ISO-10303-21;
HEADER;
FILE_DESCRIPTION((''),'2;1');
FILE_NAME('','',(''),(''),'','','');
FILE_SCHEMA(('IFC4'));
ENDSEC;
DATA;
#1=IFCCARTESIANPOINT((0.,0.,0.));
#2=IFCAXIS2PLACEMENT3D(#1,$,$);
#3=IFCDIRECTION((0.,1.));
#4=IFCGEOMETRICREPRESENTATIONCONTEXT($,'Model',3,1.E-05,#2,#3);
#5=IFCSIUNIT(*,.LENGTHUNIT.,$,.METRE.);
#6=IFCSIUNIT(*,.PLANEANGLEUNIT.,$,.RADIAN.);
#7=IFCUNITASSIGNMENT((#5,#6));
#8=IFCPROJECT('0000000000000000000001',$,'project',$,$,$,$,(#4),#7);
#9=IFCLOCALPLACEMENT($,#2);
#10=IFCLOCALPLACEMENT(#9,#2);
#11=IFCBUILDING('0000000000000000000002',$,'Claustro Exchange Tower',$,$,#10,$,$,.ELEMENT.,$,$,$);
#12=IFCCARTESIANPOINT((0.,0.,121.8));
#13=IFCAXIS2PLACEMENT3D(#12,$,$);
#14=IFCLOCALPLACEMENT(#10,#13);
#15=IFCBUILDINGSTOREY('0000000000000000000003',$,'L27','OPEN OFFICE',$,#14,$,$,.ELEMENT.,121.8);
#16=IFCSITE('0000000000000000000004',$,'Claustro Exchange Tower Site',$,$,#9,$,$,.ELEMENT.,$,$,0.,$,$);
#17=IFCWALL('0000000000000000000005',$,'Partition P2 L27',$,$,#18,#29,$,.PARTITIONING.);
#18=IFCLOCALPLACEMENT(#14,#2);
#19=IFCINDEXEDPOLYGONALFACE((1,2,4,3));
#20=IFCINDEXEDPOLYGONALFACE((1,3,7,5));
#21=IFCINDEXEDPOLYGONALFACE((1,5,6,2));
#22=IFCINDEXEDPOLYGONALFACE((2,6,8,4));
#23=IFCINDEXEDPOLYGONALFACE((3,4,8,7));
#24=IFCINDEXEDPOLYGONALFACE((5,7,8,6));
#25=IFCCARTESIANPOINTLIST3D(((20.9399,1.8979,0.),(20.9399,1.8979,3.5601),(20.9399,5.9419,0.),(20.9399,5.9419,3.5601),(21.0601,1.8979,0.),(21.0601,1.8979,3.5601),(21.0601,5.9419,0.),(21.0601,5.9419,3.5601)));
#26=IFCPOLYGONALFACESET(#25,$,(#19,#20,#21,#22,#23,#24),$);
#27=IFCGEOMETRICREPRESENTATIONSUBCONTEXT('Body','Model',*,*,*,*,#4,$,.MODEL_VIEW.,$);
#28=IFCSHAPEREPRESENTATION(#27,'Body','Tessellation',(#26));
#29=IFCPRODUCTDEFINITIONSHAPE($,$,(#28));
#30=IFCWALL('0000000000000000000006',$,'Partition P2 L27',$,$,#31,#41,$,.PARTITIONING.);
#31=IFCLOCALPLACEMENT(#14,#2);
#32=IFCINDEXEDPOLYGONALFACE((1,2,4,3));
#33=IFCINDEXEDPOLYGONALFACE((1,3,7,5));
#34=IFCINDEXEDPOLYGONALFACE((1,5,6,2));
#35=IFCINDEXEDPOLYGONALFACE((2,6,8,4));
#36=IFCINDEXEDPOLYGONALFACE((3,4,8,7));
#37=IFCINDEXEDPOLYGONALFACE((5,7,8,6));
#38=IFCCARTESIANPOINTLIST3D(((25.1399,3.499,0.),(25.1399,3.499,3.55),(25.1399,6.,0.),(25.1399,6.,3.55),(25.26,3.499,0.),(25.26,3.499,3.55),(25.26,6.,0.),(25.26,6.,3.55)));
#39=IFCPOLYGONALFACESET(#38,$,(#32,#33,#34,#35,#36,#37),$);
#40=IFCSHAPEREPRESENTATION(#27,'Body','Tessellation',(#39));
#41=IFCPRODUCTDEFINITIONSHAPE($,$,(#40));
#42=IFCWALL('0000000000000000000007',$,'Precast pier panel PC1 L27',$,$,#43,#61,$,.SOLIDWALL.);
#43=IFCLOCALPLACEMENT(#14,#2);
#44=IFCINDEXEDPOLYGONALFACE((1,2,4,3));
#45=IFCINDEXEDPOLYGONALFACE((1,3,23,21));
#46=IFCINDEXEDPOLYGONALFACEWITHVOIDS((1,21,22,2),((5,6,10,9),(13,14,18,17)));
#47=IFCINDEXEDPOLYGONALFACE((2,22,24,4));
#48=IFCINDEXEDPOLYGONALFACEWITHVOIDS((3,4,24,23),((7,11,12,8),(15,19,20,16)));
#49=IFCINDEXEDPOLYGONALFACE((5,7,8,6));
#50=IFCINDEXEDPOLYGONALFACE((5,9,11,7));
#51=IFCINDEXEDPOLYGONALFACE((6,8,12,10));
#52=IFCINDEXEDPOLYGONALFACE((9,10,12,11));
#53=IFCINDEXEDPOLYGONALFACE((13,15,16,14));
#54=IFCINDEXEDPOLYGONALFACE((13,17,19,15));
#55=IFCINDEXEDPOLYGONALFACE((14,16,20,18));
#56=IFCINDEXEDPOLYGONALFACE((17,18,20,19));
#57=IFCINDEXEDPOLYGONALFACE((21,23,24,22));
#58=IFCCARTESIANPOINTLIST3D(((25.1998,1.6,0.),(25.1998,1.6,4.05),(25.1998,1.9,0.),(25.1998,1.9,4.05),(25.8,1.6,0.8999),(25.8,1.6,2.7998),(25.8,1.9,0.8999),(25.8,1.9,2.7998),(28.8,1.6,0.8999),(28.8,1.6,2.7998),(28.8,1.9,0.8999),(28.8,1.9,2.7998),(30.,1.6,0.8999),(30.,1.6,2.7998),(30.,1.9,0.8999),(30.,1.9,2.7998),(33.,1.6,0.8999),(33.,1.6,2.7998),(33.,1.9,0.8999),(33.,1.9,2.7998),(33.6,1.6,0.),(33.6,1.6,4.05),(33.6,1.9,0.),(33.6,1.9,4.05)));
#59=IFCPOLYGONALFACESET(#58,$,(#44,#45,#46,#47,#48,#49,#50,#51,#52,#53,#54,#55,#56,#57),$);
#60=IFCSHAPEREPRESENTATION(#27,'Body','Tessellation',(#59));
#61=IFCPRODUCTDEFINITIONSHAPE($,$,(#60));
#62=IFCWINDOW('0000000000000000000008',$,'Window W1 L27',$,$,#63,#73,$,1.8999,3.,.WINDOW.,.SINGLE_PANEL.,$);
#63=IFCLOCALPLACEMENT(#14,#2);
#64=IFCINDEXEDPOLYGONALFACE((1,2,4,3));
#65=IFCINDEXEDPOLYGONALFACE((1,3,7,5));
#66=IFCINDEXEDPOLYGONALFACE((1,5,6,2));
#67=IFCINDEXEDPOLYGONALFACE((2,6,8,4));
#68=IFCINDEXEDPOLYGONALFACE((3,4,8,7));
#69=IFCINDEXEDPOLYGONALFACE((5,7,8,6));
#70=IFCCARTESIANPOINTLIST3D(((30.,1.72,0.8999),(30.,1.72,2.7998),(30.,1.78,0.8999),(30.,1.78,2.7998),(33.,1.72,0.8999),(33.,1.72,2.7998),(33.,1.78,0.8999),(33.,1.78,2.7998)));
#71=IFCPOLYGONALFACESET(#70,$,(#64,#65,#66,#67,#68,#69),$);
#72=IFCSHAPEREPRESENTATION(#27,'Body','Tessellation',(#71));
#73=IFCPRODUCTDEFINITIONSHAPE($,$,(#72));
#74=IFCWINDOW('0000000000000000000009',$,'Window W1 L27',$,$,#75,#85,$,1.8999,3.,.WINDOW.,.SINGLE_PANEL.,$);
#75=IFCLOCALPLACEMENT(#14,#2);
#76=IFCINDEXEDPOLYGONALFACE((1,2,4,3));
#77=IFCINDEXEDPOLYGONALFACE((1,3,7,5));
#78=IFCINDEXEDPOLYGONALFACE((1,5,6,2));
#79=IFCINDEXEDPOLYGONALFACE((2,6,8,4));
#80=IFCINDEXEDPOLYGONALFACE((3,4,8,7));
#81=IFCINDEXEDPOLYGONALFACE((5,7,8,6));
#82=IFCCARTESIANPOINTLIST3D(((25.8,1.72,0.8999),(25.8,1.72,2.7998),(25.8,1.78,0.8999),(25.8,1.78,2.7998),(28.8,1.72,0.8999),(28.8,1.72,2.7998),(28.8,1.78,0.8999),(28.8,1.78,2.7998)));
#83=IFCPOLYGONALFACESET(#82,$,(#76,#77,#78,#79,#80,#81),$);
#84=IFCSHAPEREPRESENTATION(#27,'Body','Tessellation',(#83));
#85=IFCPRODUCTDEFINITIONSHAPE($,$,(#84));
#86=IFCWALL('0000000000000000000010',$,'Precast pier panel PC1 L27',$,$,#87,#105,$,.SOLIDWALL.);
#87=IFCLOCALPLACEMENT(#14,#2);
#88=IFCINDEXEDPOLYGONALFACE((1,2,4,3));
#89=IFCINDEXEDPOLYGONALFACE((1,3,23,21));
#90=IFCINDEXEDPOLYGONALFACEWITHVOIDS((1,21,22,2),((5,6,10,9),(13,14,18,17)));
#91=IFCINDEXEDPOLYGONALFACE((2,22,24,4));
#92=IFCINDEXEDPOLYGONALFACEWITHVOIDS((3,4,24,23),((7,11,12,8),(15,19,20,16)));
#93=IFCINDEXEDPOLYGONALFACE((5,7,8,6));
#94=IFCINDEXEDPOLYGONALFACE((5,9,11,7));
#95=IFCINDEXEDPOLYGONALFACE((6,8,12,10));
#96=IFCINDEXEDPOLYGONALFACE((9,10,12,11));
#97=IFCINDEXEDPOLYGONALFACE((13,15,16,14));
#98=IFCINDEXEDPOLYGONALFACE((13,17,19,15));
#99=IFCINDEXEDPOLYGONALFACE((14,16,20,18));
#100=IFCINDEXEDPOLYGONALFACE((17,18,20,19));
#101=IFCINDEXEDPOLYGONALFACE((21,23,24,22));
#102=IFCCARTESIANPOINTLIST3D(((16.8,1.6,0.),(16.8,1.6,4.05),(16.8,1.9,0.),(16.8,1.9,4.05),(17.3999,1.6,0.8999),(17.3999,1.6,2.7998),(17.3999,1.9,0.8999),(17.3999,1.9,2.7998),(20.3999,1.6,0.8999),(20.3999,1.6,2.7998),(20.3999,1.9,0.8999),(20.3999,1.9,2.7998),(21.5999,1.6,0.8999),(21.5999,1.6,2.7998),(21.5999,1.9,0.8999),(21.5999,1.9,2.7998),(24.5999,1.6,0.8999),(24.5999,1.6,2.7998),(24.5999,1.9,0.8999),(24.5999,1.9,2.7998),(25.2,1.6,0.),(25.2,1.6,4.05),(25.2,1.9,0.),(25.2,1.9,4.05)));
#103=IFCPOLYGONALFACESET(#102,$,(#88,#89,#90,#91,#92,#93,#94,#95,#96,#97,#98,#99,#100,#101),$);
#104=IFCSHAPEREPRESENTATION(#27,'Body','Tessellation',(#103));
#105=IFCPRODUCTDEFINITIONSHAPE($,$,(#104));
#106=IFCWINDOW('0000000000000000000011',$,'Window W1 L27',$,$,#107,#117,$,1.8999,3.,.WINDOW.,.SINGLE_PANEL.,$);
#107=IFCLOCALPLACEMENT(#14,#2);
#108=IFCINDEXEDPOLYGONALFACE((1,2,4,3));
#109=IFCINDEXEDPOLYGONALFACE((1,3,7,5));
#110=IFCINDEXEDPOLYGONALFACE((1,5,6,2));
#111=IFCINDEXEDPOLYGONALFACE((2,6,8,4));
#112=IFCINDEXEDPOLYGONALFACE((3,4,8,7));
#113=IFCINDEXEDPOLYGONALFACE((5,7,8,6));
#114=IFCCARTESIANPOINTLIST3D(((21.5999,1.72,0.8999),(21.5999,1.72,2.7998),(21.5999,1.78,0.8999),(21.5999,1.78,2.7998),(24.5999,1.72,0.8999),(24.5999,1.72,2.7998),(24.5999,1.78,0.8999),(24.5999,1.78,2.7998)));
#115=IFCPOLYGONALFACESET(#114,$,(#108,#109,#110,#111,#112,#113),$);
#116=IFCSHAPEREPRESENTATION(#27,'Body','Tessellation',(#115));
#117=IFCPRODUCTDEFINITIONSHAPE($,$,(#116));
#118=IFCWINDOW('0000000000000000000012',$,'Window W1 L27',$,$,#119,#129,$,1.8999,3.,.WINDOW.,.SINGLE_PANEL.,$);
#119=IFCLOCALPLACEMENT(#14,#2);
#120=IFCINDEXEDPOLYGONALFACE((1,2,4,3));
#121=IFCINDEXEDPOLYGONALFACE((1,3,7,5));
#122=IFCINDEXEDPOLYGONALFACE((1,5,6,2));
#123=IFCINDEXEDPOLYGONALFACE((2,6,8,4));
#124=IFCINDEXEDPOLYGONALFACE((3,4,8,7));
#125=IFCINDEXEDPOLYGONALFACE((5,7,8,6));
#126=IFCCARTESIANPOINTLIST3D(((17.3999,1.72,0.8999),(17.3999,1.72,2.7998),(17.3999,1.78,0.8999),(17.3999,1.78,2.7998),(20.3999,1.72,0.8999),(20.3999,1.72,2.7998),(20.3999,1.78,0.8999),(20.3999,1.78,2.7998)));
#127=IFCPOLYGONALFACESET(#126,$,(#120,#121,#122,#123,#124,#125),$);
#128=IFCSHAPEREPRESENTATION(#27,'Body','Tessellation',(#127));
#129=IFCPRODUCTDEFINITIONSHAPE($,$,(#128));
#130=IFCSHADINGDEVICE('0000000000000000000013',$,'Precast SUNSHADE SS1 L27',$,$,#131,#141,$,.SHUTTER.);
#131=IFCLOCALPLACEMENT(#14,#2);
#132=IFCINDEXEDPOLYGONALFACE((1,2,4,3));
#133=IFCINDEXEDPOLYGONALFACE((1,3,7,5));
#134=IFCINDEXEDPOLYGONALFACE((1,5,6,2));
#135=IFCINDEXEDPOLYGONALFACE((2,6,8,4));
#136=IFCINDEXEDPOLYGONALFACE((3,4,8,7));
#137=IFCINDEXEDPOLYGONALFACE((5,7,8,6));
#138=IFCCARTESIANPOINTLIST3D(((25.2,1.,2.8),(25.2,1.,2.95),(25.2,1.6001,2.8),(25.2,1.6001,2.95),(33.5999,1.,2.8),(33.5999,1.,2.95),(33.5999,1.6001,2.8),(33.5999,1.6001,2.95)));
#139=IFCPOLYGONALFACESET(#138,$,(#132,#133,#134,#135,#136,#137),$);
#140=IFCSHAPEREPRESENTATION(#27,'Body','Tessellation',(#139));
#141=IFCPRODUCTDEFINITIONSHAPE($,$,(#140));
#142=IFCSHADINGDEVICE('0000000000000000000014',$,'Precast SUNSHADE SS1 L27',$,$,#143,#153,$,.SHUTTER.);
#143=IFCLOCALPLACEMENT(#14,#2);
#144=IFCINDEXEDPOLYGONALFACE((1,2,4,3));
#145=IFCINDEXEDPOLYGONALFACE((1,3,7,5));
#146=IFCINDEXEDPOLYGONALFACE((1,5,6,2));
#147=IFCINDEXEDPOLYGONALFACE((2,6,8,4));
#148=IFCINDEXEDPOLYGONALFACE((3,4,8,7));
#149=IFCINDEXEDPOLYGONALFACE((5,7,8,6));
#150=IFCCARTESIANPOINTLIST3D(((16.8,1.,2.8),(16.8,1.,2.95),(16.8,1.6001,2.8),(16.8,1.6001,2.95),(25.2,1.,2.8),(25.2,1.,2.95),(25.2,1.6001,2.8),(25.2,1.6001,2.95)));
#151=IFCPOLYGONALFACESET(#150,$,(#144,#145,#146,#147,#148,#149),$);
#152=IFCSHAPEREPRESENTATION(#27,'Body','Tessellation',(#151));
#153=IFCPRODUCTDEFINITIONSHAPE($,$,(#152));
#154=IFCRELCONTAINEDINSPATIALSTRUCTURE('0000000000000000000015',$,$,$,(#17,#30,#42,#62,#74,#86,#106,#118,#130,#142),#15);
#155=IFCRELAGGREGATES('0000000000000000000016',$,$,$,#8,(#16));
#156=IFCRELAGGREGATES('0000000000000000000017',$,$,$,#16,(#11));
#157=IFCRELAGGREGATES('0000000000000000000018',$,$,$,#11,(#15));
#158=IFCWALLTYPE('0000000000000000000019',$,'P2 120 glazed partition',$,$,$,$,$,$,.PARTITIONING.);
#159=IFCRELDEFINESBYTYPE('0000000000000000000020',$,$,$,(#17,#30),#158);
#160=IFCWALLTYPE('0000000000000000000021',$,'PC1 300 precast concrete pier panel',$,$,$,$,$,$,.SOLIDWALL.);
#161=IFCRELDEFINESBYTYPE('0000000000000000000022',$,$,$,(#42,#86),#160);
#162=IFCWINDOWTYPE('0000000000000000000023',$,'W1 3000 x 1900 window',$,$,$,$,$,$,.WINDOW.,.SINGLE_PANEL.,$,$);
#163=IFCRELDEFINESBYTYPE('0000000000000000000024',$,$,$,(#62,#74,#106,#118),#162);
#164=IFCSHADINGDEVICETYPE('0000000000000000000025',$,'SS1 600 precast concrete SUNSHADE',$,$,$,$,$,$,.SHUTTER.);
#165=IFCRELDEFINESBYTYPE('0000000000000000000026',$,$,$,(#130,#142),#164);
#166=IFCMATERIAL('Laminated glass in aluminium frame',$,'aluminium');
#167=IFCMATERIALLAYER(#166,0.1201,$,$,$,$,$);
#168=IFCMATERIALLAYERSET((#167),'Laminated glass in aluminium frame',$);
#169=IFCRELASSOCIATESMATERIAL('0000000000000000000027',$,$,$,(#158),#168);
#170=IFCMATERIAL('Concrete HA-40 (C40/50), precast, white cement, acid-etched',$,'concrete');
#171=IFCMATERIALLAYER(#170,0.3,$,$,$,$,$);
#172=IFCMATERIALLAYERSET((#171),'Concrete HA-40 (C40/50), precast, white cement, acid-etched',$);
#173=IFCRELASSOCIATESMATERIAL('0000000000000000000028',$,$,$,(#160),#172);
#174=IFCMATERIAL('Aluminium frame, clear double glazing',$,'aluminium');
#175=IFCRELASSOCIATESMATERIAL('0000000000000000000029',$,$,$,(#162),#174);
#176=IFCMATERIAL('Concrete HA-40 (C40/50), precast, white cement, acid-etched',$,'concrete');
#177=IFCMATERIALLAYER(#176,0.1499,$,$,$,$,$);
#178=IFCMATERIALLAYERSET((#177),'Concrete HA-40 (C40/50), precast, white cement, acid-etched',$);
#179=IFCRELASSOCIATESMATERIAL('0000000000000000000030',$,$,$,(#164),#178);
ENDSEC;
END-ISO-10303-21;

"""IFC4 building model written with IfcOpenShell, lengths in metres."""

from ifc_helpers import new_model, si_unit, direction, frame, frame_2d, origin, origin_2d, place, context, subcontext, project, spatial, rectangle, extrude, material, layer, layer_set, type_object, element, fill, save


model = new_model("IFC4")

# Units and contexts
model_context = context("Model", 3, precision=1e-05, world=origin(), true_north=direction((0.0, 1.0)))
body_context = subcontext(model_context, "Body", "Model", "MODEL_VIEW")
ifc_project = project(units=[si_unit("LENGTHUNIT", "METRE"), si_unit("PLANEANGLEUNIT", "RADIAN")], contexts=[model_context])

# Site, building, storey
site_placement = place(None, origin())
site = spatial("IfcSite", under=ifc_project, at=site_placement, Name="Claustro Exchange Tower Site", CompositionType="ELEMENT", RefElevation=0.0)
building_placement = place(site_placement, origin())
building = spatial("IfcBuilding", under=site, at=building_placement, Name="Claustro Exchange Tower", CompositionType="ELEMENT")
storey_placement = place(building_placement, frame((0.0, 0.0, 121.8)))
storey = spatial("IfcBuildingStorey", under=building, at=storey_placement, Name="L27", Description="OPEN OFFICE", CompositionType="ELEMENT", Elevation=121.8)

# Walls
ifc_material_1 = material(Name="Laminated glass in aluminium frame", Category="aluminium")
ifc_layer_1 = layer(ifc_material_1, 0.1201)
ifc_layer_set_1 = layer_set([ifc_layer_1], Name="Laminated glass in aluminium frame")
wall_type_1 = type_object("IfcWallType", Name="P2 120 glazed partition", PredefinedType="PARTITIONING", material=ifc_layer_set_1)
wall_1_placement = place(storey_placement, frame((21.0, 1.8979, 0.0), z_axis=(0.0, 0.0, 1.0), x_axis=(0.0, 1.0, 0.0)))
element("IfcWall", 1, at=wall_1_placement, inside=storey, type_object=wall_type_1, Name="Partition P2 L27", PredefinedType="PARTITIONING", context=body_context, shape_type="SweptSolid", body=[
    extrude(rectangle(XDim=4.0439, YDim=0.1201, at=frame_2d((2.022, 0.0))), origin(), (0.0, 0.0, 1.0), 3.5601),
])
wall_2_placement = place(storey_placement, frame((25.2, 3.499, 0.0), z_axis=(0.0, 0.0, 1.0), x_axis=(0.0, 1.0, 0.0)))
element("IfcWall", 2, at=wall_2_placement, inside=storey, type_object=wall_type_1, Name="Partition P2 L27", PredefinedType="PARTITIONING", context=body_context, shape_type="SweptSolid", body=[
    extrude(rectangle(XDim=2.501, YDim=0.1201, at=frame_2d((1.2505, 0.0))), origin(), (0.0, 0.0, 1.0), 3.55),
])

# Walls, openings, windows
ifc_material_2 = material(Name="Concrete HA-40 (C40/50), precast, white cement, acid-etched", Category="concrete")
ifc_layer_2 = layer(ifc_material_2, 0.3)
ifc_layer_set_2 = layer_set([ifc_layer_2], Name="Concrete HA-40 (C40/50), precast, white cement, acid-etched")
wall_type_2 = type_object("IfcWallType", Name="PC1 300 precast concrete pier panel", PredefinedType="SOLIDWALL", material=ifc_layer_set_2)
wall_3_placement = place(storey_placement, frame((33.6001, 1.75, 0.0), z_axis=(0.0, 0.0, 1.0), x_axis=(-1.0, 0.0, 0.0)))
wall_3 = element("IfcWall", 3, at=wall_3_placement, inside=storey, type_object=wall_type_2, Name="Precast pier panel PC1 L27", PredefinedType="SOLIDWALL", context=body_context, shape_type="SweptSolid", body=[
    extrude(rectangle(XDim=8.4001, YDim=0.3, at=frame_2d((4.2002, 0.0))), origin(), (0.0, 0.0, 1.0), 4.05),
])
opening_1_placement = place(wall_3_placement, frame((0.6001, 0.0, 0.8999)))
opening_1 = element("IfcOpeningElement", 4, at=opening_1_placement, cuts=wall_3, PredefinedType="OPENING", context=body_context, shape_type="SweptSolid", body=[
    extrude(rectangle(XDim=3.0, YDim=1.8999, at=frame_2d((1.5, 0.95))), frame((0.0, 0.1599, 0.0), z_axis=(0.0, -1.0, 0.0), x_axis=(1.0, 0.0, 0.0)), (0.0, 0.0, 1.0), 0.3201),
])
opening_2_placement = place(wall_3_placement, frame((4.8, 0.0, 0.8999)))
opening_2 = element("IfcOpeningElement", 5, at=opening_2_placement, cuts=wall_3, PredefinedType="OPENING", context=body_context, shape_type="SweptSolid", body=[
    extrude(rectangle(XDim=3.0, YDim=1.8999, at=frame_2d((1.5, 0.95))), frame((0.0, 0.1599, 0.0), z_axis=(0.0, -1.0, 0.0), x_axis=(1.0, 0.0, 0.0)), (0.0, 0.0, 1.0), 0.3201),
])
ifc_material_3 = material(Name="Aluminium frame, clear double glazing", Category="aluminium")
window_type = type_object("IfcWindowType", Name="W1 3000 x 1900 window", PartitioningType="SINGLE_PANEL", PredefinedType="WINDOW", material=ifc_material_3)
window_1_placement = place(opening_1_placement, origin())
window_1 = element("IfcWindow", 6, at=window_1_placement, inside=storey, type_object=window_type, Name="Window W1 L27", OverallHeight=1.8999, OverallWidth=3.0, PartitioningType="SINGLE_PANEL", PredefinedType="WINDOW", context=body_context, shape_type="SweptSolid", body=[
    extrude(rectangle(XDim=3.0, YDim=1.8999, at=frame_2d((1.5, 0.95))), frame((0.0, 0.03, 0.0), z_axis=(0.0, -1.0, 0.0), x_axis=(1.0, 0.0, 0.0)), (0.0, 0.0, 1.0), 0.0601),
])
fill(opening_1, window_1)
window_2_placement = place(opening_2_placement, origin())
window_2 = element("IfcWindow", 7, at=window_2_placement, inside=storey, type_object=window_type, Name="Window W1 L27", OverallHeight=1.8999, OverallWidth=3.0, PartitioningType="SINGLE_PANEL", PredefinedType="WINDOW", context=body_context, shape_type="SweptSolid", body=[
    extrude(rectangle(XDim=3.0, YDim=1.8999, at=frame_2d((1.5, 0.95))), frame((0.0, 0.03, 0.0), z_axis=(0.0, -1.0, 0.0), x_axis=(1.0, 0.0, 0.0)), (0.0, 0.0, 1.0), 0.0601),
])
fill(opening_2, window_2)
wall_4_placement = place(storey_placement, frame((25.2, 1.75, 0.0), z_axis=(0.0, 0.0, 1.0), x_axis=(-1.0, 0.0, 0.0)))
wall_4 = element("IfcWall", 8, at=wall_4_placement, inside=storey, type_object=wall_type_2, Name="Precast pier panel PC1 L27", PredefinedType="SOLIDWALL", context=body_context, shape_type="SweptSolid", body=[
    extrude(rectangle(XDim=8.3999, YDim=0.3, at=frame_2d((4.2, 0.0))), origin(), (0.0, 0.0, 1.0), 4.05),
])
opening_3_placement = place(wall_4_placement, frame((0.6001, 0.0, 0.8999)))
opening_3 = element("IfcOpeningElement", 9, at=opening_3_placement, cuts=wall_4, PredefinedType="OPENING", context=body_context, shape_type="SweptSolid", body=[
    extrude(rectangle(XDim=3.0, YDim=1.8999, at=frame_2d((1.5, 0.95))), frame((0.0, 0.1599, 0.0), z_axis=(0.0, -1.0, 0.0), x_axis=(1.0, 0.0, 0.0)), (0.0, 0.0, 1.0), 0.3201),
])
opening_4_placement = place(wall_4_placement, frame((4.8, 0.0, 0.8999)))
opening_4 = element("IfcOpeningElement", 10, at=opening_4_placement, cuts=wall_4, PredefinedType="OPENING", context=body_context, shape_type="SweptSolid", body=[
    extrude(rectangle(XDim=3.0, YDim=1.8999, at=frame_2d((1.5, 0.95))), frame((0.0, 0.1599, 0.0), z_axis=(0.0, -1.0, 0.0), x_axis=(1.0, 0.0, 0.0)), (0.0, 0.0, 1.0), 0.3201),
])
window_3_placement = place(opening_3_placement, origin())
window_3 = element("IfcWindow", 11, at=window_3_placement, inside=storey, type_object=window_type, Name="Window W1 L27", OverallHeight=1.8999, OverallWidth=3.0, PartitioningType="SINGLE_PANEL", PredefinedType="WINDOW", context=body_context, shape_type="SweptSolid", body=[
    extrude(rectangle(XDim=3.0, YDim=1.8999, at=frame_2d((1.5, 0.95))), frame((0.0, 0.03, 0.0), z_axis=(0.0, -1.0, 0.0), x_axis=(1.0, 0.0, 0.0)), (0.0, 0.0, 1.0), 0.0601),
])
fill(opening_3, window_3)
window_4_placement = place(opening_4_placement, origin())
window_4 = element("IfcWindow", 12, at=window_4_placement, inside=storey, type_object=window_type, Name="Window W1 L27", OverallHeight=1.8999, OverallWidth=3.0, PartitioningType="SINGLE_PANEL", PredefinedType="WINDOW", context=body_context, shape_type="SweptSolid", body=[
    extrude(rectangle(XDim=3.0, YDim=1.8999, at=frame_2d((1.5, 0.95))), frame((0.0, 0.03, 0.0), z_axis=(0.0, -1.0, 0.0), x_axis=(1.0, 0.0, 0.0)), (0.0, 0.0, 1.0), 0.0601),
])
fill(opening_4, window_4)

# Shading devices
ifc_material_4 = material(Name="Concrete HA-40 (C40/50), precast, white cement, acid-etched", Category="concrete")
ifc_layer_3 = layer(ifc_material_4, 0.1499)
ifc_layer_set_3 = layer_set([ifc_layer_3], Name="Concrete HA-40 (C40/50), precast, white cement, acid-etched")
shading_device_type = type_object("IfcShadingDeviceType", Name="SS1 600 precast concrete SUNSHADE", PredefinedType="SHUTTER", material=ifc_layer_set_3)
for number, where, z_axis, x_axis, name in (
    (13, (29.3999, 1.3, 2.8), (0.0, 0.0, 1.0), (-1.0, 0.0, 0.0), "Precast SUNSHADE SS1 L27"),
    (14, (21.0, 1.3, 2.8), (0.0, 0.0, 1.0), (-1.0, 0.0, 0.0), "Precast SUNSHADE SS1 L27"),
):
    element("IfcShadingDevice", number, at=place(storey_placement, frame(where, z_axis=z_axis, x_axis=x_axis)), inside=storey, type_object=shading_device_type, Name=name, PredefinedType="SHUTTER", context=body_context, shape_type="SweptSolid", body=[
        extrude(rectangle(XDim=8.3999, YDim=0.6001, at=origin_2d()), origin(), (0.0, 0.0, 1.0), 0.1499),
    ])

save(model, "model.ifc")
